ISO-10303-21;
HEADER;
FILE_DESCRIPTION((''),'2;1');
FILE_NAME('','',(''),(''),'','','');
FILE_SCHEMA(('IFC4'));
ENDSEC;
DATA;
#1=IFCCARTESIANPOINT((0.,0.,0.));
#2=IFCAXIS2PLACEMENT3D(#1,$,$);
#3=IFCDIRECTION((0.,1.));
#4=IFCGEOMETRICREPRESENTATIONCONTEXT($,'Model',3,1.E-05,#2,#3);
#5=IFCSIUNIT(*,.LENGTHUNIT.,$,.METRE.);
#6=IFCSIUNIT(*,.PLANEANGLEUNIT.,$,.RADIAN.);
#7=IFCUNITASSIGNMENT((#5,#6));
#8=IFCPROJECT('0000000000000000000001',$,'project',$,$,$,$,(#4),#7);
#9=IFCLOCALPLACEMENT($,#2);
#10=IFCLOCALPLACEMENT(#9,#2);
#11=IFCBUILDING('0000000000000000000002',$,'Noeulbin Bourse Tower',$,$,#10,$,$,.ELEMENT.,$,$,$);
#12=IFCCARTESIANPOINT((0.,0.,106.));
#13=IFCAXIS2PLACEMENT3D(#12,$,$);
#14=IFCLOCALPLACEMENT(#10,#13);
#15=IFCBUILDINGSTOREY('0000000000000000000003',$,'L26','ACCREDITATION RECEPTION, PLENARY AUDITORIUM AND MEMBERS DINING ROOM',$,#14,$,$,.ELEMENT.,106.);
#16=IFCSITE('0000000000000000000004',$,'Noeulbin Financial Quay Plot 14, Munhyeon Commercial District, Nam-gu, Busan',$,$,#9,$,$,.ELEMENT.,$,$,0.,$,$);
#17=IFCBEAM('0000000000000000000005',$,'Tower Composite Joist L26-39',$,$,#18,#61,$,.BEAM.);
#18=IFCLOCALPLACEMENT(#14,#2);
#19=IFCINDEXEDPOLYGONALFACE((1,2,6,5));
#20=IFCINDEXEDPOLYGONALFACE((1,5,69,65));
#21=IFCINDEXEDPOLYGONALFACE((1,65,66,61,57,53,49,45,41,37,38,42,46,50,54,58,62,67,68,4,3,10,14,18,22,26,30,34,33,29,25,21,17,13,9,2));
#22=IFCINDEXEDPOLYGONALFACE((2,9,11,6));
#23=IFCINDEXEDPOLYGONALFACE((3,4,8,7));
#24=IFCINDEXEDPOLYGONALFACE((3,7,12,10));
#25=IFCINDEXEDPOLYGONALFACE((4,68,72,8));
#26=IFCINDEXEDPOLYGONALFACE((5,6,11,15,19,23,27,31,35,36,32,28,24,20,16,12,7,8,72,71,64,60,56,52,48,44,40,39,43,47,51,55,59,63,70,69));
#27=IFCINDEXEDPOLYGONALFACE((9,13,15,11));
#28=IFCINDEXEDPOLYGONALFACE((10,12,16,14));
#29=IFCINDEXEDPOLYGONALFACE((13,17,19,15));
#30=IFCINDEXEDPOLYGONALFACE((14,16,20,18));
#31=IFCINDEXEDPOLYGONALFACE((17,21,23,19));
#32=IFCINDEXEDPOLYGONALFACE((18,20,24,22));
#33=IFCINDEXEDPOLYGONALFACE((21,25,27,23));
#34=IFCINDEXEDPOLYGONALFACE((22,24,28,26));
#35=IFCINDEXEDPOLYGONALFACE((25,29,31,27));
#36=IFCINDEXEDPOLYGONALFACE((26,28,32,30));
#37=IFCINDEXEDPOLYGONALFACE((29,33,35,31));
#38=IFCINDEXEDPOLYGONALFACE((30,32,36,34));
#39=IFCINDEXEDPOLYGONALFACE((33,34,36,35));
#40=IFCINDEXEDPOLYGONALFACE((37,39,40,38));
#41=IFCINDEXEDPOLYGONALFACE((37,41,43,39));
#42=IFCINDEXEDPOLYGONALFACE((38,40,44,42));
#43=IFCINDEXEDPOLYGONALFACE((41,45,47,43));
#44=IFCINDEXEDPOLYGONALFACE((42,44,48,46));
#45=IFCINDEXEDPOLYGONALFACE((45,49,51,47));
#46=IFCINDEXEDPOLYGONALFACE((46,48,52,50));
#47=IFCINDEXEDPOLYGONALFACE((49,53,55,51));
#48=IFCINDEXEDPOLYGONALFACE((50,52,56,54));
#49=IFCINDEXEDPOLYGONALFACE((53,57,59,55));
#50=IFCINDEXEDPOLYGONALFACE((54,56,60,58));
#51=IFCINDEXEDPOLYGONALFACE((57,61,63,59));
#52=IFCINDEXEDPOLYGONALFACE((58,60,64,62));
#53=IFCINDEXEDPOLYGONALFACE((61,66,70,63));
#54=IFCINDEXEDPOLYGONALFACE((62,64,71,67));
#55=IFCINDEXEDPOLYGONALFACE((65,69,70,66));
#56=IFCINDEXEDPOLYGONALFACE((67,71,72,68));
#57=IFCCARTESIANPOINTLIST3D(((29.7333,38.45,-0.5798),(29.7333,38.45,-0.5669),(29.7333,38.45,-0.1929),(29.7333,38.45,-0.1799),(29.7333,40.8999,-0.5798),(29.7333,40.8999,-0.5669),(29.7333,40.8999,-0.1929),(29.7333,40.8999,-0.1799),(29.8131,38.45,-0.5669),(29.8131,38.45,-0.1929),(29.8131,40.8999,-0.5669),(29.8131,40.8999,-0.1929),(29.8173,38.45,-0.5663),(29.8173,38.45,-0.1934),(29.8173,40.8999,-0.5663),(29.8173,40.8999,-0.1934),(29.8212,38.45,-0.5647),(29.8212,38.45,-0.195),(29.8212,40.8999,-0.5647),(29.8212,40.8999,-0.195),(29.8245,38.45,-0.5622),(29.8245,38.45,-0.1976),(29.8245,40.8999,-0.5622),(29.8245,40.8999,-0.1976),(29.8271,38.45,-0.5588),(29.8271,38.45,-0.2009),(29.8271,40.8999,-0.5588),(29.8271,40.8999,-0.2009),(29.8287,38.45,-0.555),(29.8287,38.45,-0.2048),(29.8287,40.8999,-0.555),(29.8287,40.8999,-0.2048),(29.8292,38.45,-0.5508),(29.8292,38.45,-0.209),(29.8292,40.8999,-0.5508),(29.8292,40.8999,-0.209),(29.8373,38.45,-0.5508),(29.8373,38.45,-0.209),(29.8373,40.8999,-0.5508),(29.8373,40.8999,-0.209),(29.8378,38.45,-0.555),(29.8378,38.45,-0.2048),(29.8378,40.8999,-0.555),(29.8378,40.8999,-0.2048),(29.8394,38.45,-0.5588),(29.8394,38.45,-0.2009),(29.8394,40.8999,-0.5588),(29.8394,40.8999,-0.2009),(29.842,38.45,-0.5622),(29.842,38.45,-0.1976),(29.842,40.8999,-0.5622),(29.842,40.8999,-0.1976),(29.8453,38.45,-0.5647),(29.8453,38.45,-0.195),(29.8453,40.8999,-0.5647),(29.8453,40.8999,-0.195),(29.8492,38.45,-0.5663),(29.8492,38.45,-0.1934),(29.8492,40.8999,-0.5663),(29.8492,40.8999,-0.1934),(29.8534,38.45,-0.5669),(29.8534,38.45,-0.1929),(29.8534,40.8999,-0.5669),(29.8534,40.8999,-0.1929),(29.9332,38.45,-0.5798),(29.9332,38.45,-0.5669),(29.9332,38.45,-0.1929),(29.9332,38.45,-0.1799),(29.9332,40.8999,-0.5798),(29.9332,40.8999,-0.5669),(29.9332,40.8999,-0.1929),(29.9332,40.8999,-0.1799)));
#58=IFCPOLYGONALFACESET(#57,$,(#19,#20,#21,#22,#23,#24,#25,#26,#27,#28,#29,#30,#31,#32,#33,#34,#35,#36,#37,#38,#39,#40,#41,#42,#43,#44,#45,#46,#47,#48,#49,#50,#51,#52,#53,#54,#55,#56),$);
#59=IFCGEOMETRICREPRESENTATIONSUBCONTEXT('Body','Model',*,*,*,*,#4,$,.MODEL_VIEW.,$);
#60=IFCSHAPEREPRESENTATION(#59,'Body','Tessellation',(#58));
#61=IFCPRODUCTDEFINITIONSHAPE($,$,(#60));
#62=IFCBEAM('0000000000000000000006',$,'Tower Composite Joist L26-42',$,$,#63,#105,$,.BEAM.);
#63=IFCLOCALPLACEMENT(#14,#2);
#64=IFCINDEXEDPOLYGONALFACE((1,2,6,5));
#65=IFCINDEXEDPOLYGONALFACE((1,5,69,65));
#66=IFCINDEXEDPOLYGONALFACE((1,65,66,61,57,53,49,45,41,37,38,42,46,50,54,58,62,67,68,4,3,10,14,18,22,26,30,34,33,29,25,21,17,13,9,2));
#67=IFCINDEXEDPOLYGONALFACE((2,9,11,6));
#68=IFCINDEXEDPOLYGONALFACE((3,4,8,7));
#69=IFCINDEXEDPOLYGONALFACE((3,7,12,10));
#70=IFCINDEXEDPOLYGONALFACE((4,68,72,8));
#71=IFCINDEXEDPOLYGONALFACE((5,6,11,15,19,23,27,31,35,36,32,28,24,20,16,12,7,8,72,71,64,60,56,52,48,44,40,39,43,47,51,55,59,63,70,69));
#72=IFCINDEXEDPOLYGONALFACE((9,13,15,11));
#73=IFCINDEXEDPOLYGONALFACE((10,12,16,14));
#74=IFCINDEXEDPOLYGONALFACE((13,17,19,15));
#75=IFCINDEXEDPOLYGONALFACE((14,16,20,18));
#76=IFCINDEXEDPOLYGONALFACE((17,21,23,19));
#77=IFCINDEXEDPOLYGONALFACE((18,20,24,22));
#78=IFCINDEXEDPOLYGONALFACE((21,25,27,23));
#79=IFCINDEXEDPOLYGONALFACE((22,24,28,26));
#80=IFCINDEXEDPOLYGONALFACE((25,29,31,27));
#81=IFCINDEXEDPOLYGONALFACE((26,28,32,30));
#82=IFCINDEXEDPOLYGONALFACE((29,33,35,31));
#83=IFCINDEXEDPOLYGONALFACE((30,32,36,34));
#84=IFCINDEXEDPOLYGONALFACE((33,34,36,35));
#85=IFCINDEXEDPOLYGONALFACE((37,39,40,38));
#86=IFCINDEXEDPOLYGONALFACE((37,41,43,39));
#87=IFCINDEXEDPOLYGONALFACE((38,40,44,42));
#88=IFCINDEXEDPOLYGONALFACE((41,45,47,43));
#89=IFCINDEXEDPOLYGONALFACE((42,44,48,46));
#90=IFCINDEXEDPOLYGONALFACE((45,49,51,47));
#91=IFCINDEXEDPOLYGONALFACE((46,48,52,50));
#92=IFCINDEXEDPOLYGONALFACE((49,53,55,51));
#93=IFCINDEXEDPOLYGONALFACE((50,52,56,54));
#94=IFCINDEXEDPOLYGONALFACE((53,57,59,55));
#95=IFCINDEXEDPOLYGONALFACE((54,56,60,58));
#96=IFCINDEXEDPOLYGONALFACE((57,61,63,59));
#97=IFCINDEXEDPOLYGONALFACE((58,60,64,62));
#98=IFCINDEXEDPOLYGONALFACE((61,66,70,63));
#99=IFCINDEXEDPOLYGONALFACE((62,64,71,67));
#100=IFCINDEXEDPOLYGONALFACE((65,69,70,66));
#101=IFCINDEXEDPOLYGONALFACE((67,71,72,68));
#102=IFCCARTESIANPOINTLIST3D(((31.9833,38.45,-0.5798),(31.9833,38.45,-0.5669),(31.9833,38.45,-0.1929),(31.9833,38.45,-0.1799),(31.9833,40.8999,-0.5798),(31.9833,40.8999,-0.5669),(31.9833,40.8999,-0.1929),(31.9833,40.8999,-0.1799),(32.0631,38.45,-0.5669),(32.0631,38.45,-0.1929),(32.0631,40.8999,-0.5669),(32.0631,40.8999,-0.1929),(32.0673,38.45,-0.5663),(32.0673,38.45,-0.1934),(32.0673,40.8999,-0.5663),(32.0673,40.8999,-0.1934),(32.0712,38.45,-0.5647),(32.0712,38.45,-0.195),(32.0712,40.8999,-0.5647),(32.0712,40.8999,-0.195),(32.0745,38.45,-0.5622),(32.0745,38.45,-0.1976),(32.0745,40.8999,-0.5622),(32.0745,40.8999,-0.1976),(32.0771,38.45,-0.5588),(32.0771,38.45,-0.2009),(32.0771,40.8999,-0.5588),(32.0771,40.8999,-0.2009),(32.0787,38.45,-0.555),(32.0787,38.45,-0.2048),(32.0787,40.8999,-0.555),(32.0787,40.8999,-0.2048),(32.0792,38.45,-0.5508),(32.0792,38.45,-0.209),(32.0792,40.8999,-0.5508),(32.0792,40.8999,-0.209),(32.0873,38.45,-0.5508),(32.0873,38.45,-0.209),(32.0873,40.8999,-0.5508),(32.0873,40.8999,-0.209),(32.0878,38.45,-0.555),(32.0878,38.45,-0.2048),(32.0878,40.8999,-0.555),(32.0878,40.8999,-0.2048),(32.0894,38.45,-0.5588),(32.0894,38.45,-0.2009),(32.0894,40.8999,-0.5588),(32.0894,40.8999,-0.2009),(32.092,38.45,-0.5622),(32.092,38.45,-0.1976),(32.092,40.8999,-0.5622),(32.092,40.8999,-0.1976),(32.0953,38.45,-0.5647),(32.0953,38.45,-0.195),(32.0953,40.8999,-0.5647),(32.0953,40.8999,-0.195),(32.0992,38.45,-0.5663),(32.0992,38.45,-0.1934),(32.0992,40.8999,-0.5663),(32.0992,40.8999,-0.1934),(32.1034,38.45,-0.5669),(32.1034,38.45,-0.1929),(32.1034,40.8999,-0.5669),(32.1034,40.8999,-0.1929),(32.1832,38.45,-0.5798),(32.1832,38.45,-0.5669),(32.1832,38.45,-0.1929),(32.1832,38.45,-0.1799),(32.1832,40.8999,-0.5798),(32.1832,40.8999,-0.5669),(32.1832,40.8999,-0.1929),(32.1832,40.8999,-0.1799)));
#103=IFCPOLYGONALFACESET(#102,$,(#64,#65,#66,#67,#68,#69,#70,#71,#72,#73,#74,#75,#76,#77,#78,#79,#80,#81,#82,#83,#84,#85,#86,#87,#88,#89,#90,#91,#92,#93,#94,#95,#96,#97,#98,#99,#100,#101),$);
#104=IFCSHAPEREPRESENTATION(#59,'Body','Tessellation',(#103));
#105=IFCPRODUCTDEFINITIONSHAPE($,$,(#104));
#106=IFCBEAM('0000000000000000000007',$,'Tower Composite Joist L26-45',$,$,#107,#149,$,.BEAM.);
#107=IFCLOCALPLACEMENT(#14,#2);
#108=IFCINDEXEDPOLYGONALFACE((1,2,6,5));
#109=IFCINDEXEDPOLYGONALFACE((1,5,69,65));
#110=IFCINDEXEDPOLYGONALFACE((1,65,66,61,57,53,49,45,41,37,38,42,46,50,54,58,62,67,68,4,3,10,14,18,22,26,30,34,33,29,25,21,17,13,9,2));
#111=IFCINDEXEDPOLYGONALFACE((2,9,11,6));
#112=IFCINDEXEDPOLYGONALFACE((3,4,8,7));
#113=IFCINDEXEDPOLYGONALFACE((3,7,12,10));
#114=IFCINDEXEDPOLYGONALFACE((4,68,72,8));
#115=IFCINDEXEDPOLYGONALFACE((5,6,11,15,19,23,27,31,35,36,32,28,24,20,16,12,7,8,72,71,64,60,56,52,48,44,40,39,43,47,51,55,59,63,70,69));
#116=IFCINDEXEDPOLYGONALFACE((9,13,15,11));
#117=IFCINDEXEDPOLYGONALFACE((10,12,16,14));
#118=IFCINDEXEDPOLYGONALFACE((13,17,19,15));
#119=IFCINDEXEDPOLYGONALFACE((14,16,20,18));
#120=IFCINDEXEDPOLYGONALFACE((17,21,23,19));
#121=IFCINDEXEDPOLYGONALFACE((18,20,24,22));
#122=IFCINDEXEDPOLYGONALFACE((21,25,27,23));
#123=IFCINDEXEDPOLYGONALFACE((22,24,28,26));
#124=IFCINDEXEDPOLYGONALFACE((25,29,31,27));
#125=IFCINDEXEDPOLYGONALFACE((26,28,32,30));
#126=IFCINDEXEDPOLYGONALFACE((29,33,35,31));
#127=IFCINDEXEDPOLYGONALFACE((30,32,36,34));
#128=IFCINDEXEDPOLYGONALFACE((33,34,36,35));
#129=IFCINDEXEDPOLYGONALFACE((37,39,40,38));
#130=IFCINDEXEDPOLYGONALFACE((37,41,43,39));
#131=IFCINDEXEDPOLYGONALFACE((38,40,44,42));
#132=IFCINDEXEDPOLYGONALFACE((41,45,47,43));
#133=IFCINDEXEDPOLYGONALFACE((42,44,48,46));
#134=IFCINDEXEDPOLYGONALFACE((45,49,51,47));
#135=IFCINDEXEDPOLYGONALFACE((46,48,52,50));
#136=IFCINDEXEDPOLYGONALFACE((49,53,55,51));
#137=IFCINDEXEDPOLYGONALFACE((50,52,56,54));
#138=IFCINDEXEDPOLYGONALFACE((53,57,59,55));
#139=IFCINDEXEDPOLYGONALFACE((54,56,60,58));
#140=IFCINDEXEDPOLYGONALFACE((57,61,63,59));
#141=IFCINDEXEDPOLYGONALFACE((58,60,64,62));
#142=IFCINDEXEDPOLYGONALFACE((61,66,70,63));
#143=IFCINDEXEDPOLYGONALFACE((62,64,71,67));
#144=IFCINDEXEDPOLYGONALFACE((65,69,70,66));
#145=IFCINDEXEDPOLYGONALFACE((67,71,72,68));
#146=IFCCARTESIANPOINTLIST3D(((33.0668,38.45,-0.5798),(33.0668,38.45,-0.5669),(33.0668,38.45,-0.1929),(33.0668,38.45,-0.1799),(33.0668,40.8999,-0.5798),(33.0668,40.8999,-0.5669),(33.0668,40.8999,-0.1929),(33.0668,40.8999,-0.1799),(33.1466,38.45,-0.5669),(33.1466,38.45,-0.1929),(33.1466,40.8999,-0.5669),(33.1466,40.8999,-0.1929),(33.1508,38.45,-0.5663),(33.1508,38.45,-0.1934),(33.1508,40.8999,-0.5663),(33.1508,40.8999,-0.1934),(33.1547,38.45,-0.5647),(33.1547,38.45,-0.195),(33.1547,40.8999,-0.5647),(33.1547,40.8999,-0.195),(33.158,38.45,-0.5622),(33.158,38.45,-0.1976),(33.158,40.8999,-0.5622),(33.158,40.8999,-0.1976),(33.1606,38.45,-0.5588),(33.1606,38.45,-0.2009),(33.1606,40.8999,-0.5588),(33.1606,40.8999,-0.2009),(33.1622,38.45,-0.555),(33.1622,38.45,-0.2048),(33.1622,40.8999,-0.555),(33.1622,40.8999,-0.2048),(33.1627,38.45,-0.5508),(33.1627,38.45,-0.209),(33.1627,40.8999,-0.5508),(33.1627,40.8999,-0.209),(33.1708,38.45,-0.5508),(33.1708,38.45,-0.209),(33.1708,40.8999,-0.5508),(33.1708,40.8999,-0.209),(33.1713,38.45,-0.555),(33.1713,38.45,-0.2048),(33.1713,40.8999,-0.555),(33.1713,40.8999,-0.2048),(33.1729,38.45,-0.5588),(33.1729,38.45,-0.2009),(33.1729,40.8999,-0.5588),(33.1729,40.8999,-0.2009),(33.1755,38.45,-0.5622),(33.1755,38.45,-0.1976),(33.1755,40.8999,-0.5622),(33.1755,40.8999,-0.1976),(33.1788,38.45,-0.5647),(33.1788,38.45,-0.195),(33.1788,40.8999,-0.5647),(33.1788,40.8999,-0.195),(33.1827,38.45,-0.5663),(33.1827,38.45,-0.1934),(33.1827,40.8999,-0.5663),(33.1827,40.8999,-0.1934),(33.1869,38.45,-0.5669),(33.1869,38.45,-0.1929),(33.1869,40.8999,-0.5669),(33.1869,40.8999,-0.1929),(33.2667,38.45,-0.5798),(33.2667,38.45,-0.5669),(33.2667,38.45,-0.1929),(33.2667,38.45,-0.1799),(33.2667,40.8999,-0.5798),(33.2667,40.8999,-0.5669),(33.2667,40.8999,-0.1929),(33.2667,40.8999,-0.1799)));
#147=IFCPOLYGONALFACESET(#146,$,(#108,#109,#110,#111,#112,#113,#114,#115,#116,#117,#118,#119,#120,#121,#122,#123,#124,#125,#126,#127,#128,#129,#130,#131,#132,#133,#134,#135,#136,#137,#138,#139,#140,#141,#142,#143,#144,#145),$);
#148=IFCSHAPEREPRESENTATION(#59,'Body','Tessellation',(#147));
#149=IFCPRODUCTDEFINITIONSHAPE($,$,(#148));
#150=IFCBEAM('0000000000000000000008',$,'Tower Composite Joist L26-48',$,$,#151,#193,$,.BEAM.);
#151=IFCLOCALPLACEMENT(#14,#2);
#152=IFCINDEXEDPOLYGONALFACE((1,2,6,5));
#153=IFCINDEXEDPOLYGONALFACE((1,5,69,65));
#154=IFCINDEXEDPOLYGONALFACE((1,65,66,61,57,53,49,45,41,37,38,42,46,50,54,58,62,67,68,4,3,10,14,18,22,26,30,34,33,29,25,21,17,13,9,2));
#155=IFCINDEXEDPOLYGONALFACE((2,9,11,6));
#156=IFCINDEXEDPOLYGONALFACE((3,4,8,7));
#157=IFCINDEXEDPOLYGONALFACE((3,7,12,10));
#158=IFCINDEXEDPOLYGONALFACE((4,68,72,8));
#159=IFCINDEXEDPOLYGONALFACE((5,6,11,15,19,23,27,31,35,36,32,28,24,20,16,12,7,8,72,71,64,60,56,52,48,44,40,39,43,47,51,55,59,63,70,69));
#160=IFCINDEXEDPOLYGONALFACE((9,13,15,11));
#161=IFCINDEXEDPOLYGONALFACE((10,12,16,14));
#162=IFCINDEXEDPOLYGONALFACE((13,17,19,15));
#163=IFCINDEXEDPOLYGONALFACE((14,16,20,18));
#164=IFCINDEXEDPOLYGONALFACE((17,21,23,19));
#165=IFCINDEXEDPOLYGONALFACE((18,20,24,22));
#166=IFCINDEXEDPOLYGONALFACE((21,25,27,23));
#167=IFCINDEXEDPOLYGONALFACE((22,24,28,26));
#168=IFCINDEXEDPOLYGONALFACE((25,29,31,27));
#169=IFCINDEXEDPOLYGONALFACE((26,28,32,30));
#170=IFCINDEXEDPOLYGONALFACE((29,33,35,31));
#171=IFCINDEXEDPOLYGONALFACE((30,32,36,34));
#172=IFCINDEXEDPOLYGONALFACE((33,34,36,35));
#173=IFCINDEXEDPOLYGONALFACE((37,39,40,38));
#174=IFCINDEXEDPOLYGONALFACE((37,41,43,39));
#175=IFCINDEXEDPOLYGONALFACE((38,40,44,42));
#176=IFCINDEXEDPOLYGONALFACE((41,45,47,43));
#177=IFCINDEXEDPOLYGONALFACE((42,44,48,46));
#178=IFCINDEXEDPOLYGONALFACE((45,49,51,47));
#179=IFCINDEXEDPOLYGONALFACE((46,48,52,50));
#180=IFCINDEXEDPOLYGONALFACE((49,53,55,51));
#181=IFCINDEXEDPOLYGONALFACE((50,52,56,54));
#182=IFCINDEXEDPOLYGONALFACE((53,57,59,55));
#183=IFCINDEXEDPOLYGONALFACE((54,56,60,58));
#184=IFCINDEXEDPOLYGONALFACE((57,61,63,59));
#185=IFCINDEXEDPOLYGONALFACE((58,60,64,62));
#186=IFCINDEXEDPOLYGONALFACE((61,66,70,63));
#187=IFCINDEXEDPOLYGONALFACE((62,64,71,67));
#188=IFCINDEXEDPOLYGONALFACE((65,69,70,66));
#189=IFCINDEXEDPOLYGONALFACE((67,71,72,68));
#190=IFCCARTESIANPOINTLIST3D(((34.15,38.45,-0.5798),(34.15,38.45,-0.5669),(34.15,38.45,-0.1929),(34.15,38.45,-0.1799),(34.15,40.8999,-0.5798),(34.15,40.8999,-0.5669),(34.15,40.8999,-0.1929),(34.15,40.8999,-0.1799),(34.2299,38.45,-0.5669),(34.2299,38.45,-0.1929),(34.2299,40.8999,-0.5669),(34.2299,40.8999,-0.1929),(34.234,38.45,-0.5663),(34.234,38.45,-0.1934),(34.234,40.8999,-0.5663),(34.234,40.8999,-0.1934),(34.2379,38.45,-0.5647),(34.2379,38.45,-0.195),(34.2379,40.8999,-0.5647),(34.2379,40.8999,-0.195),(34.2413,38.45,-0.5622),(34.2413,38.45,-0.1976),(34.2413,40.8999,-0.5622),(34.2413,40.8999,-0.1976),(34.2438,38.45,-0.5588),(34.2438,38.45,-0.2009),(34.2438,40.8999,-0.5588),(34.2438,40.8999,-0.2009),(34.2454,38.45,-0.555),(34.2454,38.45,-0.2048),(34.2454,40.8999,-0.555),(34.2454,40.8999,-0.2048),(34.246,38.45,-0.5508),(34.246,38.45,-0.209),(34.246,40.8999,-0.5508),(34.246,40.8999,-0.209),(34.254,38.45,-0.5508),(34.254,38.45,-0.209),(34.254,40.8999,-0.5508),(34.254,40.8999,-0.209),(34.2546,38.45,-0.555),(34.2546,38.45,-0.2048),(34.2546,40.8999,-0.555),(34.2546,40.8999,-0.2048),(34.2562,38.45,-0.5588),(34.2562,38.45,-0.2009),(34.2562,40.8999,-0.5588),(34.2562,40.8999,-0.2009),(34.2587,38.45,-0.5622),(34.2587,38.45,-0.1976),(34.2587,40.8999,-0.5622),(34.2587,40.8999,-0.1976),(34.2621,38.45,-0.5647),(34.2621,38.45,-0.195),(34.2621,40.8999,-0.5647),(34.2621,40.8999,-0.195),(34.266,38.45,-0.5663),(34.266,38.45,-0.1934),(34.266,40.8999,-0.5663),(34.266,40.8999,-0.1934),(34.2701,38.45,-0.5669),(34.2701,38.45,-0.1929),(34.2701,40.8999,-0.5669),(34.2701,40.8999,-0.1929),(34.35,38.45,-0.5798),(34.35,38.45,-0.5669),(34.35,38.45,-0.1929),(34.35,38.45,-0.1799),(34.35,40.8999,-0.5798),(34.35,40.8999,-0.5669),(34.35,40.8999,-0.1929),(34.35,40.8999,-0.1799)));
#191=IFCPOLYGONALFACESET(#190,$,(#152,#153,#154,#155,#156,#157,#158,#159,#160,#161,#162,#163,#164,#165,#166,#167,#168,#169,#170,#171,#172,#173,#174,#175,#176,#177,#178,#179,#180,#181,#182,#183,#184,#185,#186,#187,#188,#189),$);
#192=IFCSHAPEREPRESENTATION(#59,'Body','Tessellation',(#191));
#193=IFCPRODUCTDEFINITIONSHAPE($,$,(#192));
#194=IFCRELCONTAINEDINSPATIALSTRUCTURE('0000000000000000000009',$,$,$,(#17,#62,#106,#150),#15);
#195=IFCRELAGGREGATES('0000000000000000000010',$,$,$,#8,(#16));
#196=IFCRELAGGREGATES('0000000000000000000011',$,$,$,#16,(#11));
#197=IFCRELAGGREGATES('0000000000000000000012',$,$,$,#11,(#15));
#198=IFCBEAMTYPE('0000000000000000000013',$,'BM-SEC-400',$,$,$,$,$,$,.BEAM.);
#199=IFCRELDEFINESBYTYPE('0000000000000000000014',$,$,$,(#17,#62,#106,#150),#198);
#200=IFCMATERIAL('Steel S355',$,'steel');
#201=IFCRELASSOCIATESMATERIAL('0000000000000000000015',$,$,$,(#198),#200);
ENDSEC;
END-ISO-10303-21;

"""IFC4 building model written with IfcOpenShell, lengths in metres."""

from ifc_helpers import new_model, si_unit, direction, frame, origin, origin_2d, place, context, subcontext, project, spatial, i_section, extrude, material, material_profile, profile_set, type_object, element, save


model = new_model("IFC4")

# Units and contexts
model_context = context("Model", 3, precision=1e-05, world=origin(), true_north=direction((0.0, 1.0)))
body_context = subcontext(model_context, "Body", "Model", "MODEL_VIEW")
ifc_project = project(units=[si_unit("LENGTHUNIT", "METRE"), si_unit("PLANEANGLEUNIT", "RADIAN")], contexts=[model_context])

# Site, building, storey
site_placement = place(None, origin())
site = spatial("IfcSite", under=ifc_project, at=site_placement, Name="Noeulbin Financial Quay Plot 14, Munhyeon Commercial District, Nam-gu, Busan", CompositionType="ELEMENT", RefElevation=0.0)
building_placement = place(site_placement, origin())
building = spatial("IfcBuilding", under=site, at=building_placement, Name="Noeulbin Bourse Tower", CompositionType="ELEMENT")
storey_placement = place(building_placement, frame((0.0, 0.0, 106.0)))
storey = spatial("IfcBuildingStorey", under=building, at=storey_placement, Name="L26", Description="ACCREDITATION RECEPTION, PLENARY AUDITORIUM AND MEMBERS DINING ROOM", CompositionType="ELEMENT", Elevation=106.0)

# Shared definitions
ifc_material_1 = material(Name="Steel S355", Category="steel")

# Beams
ifc_material_profile_1 = material_profile(ifc_material_1, i_section(OverallWidth=0.2, OverallDepth=0.3999, WebThickness=0.0081, FlangeThickness=0.0129, FilletRadius=0.0161, at=origin_2d()), Name="H-400x200x8x13", Category="LoadBearing")
ifc_profile_set_1 = profile_set([ifc_material_profile_1], Name="Steel S355")
beam_type_1 = type_object("IfcBeamType", Name="BM-SEC-400", PredefinedType="BEAM", material=ifc_profile_set_1)
for number, where, z_axis, x_axis, name in (
    (1, (29.8333, 38.45, -0.3799), (0.0, 1.0, 0.0), (-1.0, 0.0, 0.0), "Tower Composite Joist L26-39"),
    (2, (32.0833, 38.45, -0.3799), (0.0, 1.0, 0.0), (-1.0, 0.0, 0.0), "Tower Composite Joist L26-42"),
    (3, (33.1667, 38.45, -0.3799), (0.0, 1.0, 0.0), (-1.0, 0.0, 0.0), "Tower Composite Joist L26-45"),
    (4, (34.25, 38.45, -0.3799), (0.0, 1.0, 0.0), (-1.0, 0.0, 0.0), "Tower Composite Joist L26-48"),
):
    element("IfcBeam", number, at=place(storey_placement, frame(where, z_axis=z_axis, x_axis=x_axis)), inside=storey, type_object=beam_type_1, Name=name, PredefinedType="BEAM", context=body_context, shape_type="SweptSolid", body=[
        extrude(i_section(OverallWidth=0.2, OverallDepth=0.3999, WebThickness=0.0081, FlangeThickness=0.0129, FilletRadius=0.0161, at=origin_2d()), origin(), (0.0, 0.0, 1.0), 2.45),
    ])

save(model, "model.ifc")
